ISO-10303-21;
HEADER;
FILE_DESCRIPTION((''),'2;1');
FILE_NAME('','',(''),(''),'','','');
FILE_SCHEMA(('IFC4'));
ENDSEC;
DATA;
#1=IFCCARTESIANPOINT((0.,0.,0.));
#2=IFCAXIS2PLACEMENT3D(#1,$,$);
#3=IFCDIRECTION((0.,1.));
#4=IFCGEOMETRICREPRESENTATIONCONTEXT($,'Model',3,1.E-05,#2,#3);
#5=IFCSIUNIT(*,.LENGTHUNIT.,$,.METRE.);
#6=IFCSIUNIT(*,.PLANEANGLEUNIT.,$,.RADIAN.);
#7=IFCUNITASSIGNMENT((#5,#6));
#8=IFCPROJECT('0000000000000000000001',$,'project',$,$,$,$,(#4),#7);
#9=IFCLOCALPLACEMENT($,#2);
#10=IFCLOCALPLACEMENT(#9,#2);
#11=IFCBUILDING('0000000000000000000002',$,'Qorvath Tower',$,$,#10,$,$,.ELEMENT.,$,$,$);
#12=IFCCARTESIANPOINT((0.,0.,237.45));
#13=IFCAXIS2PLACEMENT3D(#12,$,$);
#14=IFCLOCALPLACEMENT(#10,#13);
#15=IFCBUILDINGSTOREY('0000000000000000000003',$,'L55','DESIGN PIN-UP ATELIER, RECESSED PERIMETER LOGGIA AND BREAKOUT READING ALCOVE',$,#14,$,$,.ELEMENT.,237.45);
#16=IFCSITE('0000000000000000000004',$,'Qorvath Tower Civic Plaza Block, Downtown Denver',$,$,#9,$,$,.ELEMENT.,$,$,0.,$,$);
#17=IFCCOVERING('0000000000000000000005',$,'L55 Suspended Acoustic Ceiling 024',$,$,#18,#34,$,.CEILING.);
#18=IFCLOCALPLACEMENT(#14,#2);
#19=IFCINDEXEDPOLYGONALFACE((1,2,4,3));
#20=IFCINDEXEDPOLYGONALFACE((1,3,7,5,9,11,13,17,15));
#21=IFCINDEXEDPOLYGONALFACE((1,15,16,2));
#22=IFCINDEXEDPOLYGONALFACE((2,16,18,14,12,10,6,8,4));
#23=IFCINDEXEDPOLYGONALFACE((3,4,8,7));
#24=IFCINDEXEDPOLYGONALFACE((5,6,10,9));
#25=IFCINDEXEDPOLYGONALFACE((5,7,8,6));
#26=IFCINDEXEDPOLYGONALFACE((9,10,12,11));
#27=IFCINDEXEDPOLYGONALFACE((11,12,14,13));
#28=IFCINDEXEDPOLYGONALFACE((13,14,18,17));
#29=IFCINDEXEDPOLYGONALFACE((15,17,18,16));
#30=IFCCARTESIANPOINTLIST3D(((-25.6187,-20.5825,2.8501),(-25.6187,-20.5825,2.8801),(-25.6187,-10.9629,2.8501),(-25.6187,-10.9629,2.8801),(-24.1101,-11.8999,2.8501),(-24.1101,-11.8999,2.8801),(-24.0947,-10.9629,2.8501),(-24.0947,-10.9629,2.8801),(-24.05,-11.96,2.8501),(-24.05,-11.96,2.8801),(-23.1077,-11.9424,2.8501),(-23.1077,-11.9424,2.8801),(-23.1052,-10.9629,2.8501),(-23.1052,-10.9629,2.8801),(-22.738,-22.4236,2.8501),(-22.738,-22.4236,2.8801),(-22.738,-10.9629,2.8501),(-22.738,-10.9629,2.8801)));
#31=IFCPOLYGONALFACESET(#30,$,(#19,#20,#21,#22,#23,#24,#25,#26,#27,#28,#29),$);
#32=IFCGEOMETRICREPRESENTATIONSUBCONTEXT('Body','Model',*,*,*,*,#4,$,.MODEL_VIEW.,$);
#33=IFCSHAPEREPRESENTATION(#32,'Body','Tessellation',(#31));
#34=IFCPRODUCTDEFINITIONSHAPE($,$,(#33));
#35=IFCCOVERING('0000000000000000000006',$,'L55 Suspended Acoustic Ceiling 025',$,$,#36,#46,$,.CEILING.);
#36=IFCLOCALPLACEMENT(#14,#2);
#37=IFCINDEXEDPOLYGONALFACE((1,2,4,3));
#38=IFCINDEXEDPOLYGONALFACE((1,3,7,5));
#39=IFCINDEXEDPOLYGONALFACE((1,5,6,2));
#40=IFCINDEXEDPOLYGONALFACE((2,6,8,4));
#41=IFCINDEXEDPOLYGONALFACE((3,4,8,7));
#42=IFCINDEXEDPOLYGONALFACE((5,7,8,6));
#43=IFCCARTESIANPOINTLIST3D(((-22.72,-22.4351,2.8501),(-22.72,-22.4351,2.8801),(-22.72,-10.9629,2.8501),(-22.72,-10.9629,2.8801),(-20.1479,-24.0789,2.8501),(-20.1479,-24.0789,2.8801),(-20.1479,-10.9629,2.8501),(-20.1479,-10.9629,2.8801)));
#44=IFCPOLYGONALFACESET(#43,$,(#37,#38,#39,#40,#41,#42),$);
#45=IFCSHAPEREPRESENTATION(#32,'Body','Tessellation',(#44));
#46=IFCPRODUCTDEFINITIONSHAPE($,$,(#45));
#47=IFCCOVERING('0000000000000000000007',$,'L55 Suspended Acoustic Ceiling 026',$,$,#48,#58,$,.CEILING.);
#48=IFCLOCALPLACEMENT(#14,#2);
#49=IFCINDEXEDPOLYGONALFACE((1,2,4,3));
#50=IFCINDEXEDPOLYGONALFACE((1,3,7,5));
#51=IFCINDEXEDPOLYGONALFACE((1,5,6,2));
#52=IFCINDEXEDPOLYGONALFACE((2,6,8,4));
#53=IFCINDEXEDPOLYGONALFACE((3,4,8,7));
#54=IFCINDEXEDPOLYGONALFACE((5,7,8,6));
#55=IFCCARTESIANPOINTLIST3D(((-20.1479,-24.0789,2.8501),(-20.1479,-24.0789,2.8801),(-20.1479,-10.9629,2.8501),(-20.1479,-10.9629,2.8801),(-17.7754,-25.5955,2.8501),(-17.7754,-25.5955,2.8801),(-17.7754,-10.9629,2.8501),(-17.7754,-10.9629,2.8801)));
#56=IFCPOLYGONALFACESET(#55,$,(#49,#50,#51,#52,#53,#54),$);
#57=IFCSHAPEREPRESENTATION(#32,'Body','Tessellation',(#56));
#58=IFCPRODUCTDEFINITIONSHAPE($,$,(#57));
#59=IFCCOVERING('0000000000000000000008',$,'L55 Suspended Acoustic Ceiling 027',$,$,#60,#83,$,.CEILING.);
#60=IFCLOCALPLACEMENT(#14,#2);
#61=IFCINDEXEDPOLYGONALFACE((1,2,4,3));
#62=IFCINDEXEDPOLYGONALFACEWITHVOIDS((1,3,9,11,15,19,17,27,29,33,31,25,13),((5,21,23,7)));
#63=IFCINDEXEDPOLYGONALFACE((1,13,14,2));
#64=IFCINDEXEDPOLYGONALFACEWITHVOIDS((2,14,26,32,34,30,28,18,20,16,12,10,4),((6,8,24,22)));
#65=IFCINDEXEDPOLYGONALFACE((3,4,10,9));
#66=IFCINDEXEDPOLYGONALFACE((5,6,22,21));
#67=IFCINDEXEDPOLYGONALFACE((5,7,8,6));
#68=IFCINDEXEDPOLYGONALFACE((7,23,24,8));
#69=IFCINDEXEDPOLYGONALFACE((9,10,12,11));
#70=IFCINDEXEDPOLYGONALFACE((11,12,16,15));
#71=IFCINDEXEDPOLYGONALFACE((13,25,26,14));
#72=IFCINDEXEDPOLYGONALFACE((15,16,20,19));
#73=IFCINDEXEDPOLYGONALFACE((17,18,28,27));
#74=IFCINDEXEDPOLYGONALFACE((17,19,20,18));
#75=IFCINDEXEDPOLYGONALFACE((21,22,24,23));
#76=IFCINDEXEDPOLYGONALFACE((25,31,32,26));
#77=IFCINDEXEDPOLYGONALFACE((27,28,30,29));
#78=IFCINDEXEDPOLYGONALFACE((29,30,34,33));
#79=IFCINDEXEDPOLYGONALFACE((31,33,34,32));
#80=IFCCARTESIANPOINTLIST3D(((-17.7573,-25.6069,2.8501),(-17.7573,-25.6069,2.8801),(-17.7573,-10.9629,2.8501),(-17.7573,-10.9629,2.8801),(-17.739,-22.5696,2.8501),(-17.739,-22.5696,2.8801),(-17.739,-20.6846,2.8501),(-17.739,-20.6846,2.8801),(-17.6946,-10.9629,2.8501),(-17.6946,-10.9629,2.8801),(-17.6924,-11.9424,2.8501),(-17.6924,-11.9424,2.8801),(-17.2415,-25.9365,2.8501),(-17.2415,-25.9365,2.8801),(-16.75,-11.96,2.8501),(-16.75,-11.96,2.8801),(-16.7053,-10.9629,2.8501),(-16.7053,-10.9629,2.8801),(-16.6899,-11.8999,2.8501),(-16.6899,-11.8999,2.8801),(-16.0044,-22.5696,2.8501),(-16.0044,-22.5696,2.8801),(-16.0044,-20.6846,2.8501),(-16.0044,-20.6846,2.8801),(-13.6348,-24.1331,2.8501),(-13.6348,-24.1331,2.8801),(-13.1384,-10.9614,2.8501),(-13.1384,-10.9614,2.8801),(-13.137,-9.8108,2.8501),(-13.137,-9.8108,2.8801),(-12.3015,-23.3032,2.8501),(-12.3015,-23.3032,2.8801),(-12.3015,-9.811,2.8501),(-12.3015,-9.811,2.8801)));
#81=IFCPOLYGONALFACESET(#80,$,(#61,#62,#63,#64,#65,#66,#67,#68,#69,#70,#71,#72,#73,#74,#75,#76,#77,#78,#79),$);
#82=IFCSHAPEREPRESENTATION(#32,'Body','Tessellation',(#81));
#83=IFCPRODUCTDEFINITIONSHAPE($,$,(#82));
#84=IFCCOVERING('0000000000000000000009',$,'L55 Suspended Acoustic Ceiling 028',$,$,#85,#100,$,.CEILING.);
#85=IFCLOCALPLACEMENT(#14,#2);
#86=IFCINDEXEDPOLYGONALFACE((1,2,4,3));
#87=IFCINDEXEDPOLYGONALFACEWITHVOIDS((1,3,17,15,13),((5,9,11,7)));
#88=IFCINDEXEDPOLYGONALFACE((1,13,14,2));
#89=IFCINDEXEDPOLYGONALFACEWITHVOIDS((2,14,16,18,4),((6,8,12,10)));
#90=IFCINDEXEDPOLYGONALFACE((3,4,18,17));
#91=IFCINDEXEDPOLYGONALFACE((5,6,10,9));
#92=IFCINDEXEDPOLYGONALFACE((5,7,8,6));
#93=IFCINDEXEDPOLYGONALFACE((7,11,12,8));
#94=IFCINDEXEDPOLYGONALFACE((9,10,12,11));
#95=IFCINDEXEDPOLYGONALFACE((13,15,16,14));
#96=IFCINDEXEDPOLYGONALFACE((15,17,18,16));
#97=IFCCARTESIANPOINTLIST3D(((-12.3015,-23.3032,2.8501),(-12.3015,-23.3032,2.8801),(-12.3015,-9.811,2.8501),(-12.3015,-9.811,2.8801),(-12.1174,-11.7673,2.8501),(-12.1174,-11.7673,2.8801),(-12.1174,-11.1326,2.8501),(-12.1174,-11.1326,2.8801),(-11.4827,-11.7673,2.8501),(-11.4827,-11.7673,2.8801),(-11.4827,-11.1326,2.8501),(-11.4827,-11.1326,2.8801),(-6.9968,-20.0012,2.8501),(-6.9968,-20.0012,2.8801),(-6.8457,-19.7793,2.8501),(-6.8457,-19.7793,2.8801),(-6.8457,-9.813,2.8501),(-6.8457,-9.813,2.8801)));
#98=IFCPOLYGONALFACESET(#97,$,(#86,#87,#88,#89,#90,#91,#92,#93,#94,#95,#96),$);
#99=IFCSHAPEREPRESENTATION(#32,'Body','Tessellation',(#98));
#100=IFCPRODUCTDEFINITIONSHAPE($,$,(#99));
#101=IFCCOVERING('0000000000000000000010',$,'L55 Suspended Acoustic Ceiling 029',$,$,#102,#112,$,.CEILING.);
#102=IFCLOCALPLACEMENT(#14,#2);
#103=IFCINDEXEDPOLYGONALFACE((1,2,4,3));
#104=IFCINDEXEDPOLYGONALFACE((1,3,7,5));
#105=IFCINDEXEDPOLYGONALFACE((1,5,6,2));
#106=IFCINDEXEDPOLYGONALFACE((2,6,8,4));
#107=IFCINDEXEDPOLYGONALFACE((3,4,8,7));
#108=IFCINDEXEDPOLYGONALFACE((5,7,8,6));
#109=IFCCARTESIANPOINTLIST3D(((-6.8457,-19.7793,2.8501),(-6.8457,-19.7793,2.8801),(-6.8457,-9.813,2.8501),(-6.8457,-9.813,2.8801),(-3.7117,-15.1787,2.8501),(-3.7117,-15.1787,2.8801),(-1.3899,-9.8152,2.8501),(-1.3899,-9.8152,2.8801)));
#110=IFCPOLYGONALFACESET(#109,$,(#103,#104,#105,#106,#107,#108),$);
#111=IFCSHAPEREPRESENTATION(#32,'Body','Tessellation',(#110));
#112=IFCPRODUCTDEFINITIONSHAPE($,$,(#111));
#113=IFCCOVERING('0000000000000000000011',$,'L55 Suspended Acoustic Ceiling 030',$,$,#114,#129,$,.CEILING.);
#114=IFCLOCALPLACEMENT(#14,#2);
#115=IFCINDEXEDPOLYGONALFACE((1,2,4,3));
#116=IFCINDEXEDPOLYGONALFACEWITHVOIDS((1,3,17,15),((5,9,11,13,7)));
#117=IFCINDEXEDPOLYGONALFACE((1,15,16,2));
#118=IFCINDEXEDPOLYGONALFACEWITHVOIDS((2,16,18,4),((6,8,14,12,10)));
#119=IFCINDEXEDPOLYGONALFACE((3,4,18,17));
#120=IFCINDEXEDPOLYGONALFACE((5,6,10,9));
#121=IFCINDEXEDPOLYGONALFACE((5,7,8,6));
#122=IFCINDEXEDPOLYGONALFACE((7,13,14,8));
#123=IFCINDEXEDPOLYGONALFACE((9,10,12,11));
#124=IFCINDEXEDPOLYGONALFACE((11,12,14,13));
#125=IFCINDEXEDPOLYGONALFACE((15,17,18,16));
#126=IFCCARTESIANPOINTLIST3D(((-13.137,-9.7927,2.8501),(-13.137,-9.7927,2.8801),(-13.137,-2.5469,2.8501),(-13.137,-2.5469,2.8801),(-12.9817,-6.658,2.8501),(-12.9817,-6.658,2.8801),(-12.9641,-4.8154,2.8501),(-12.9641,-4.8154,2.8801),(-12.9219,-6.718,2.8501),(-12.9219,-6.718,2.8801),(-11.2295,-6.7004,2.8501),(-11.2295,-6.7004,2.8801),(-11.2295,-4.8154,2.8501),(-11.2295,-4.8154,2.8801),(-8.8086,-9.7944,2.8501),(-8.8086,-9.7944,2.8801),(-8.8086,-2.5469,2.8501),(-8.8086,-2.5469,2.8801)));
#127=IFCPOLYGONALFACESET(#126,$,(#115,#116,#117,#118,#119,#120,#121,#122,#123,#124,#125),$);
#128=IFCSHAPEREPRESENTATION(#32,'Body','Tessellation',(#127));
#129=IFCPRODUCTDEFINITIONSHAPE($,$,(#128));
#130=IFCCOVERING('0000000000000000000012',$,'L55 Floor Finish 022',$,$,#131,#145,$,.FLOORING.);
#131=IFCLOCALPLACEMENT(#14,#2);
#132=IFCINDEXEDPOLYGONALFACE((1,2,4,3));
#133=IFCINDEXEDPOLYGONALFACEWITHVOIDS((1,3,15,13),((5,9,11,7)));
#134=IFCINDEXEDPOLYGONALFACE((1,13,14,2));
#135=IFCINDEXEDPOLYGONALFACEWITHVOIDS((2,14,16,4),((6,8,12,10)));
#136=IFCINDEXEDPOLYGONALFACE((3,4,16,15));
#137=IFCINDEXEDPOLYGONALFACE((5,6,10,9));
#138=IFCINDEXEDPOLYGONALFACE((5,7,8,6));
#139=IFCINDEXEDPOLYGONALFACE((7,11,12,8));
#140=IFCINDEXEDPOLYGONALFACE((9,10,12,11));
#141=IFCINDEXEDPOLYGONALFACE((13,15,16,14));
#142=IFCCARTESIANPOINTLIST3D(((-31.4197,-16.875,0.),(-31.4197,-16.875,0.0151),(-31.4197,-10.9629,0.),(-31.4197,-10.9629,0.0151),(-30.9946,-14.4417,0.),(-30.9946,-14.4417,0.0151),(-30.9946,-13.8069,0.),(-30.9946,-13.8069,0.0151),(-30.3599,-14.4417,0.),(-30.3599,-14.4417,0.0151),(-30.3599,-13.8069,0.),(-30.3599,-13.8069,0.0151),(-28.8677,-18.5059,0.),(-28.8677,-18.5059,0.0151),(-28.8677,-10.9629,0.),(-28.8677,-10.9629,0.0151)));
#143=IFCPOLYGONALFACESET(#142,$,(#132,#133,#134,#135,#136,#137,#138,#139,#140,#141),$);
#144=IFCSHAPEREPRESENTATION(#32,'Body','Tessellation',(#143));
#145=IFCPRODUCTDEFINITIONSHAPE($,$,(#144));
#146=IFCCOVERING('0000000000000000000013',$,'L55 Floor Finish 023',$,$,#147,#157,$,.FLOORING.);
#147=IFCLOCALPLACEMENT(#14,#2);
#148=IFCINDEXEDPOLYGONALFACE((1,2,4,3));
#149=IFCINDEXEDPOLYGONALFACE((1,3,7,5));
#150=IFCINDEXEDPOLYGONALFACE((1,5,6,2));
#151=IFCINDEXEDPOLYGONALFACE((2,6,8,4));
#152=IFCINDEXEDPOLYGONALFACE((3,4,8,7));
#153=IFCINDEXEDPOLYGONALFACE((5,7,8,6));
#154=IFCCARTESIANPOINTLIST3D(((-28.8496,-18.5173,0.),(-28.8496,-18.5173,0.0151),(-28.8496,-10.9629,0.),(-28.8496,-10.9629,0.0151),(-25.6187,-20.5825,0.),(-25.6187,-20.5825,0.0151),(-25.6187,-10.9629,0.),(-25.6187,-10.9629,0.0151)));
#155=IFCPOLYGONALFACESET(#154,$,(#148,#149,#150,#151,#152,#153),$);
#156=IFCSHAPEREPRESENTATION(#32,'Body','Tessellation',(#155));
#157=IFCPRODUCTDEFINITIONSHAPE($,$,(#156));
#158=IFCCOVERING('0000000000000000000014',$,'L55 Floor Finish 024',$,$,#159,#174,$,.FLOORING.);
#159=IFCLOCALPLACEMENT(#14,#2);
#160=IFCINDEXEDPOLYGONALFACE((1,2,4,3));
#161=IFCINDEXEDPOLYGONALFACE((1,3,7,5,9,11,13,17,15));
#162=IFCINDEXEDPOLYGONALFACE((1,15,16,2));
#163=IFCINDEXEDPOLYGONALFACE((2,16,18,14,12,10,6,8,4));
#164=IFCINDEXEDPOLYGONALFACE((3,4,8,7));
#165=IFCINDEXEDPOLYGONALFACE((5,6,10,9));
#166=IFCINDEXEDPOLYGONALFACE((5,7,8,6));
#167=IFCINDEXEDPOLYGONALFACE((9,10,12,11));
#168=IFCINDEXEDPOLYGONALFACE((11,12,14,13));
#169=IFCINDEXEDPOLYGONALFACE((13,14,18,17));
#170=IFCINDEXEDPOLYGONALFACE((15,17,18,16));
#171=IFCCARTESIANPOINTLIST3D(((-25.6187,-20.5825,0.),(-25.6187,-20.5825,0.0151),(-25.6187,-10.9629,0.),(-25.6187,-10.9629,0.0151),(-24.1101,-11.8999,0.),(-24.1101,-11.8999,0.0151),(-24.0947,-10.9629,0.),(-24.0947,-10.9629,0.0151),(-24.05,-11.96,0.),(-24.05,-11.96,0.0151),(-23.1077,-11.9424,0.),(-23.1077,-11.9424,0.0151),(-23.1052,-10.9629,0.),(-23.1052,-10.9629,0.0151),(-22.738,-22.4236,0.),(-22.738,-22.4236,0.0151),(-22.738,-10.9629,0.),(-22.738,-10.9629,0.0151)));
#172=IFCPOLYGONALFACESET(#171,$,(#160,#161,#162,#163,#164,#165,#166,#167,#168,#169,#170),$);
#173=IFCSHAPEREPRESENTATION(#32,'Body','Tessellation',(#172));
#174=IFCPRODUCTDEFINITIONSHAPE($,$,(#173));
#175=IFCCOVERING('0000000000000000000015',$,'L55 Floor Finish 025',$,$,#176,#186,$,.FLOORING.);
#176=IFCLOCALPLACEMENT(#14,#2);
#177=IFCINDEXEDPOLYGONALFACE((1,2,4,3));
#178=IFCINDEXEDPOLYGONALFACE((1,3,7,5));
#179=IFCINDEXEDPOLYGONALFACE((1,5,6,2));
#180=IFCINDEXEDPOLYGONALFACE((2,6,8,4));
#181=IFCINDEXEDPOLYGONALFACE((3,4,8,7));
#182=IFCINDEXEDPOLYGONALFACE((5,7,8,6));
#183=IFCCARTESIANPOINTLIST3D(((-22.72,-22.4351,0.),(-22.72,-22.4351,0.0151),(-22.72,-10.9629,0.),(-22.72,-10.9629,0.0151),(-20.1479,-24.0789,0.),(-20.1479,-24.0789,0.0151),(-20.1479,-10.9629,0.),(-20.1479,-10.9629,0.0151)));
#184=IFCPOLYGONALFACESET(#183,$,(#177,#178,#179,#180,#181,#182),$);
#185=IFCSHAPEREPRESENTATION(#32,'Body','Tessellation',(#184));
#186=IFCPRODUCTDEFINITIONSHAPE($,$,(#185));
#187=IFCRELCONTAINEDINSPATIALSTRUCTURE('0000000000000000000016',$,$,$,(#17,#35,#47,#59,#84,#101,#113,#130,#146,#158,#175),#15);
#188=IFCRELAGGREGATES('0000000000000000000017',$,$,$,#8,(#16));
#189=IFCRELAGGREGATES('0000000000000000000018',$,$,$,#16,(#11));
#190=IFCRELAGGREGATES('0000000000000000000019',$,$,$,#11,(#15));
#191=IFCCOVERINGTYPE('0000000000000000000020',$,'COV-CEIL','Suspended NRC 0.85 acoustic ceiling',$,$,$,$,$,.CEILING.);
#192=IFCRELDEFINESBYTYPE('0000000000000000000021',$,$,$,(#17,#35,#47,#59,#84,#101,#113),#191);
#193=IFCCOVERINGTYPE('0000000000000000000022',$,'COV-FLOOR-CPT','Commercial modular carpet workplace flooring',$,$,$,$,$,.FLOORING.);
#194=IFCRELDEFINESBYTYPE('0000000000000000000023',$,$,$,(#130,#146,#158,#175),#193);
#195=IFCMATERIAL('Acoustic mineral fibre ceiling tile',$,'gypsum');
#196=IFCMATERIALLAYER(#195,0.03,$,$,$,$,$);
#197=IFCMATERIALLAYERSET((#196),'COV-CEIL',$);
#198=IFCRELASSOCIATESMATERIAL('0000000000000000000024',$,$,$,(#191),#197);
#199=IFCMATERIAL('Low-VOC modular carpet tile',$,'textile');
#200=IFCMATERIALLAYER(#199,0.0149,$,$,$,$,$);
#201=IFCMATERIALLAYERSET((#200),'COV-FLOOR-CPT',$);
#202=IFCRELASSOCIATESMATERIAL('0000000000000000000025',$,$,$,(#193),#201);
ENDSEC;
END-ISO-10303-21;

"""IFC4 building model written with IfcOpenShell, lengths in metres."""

from ifc_helpers import new_model, si_unit, direction, frame, origin, place, context, subcontext, project, spatial, polyline, outline, extrude, material, layer, layer_set, type_object, element, save


model = new_model("IFC4")

# Units and contexts
model_context = context("Model", 3, precision=1e-05, world=origin(), true_north=direction((0.0, 1.0)))
body_context = subcontext(model_context, "Body", "Model", "MODEL_VIEW")
ifc_project = project(units=[si_unit("LENGTHUNIT", "METRE"), si_unit("PLANEANGLEUNIT", "RADIAN")], contexts=[model_context])

# Site, building, storey
site_placement = place(None, origin())
site = spatial("IfcSite", under=ifc_project, at=site_placement, Name="Qorvath Tower Civic Plaza Block, Downtown Denver", CompositionType="ELEMENT", RefElevation=0.0)
building_placement = place(site_placement, origin())
building = spatial("IfcBuilding", under=site, at=building_placement, Name="Qorvath Tower", CompositionType="ELEMENT")
storey_placement = place(building_placement, frame((0.0, 0.0, 237.45)))
storey = spatial("IfcBuildingStorey", under=building, at=storey_placement, Name="L55", Description="DESIGN PIN-UP ATELIER, RECESSED PERIMETER LOGGIA AND BREAKOUT READING ALCOVE", CompositionType="ELEMENT", Elevation=237.45)

# Coverings
ifc_material_1 = material(Name="Acoustic mineral fibre ceiling tile", Category="gypsum")
ifc_layer_1 = layer(ifc_material_1, 0.03)
ifc_layer_set_1 = layer_set([ifc_layer_1], Name="COV-CEIL")
covering_type_1 = type_object("IfcCoveringType", Name="COV-CEIL", Description="Suspended NRC 0.85 acoustic ceiling", PredefinedType="CEILING", material=ifc_layer_set_1)
covering_1_placement = place(storey_placement, frame((0.0, 0.0, 2.8501)))
element("IfcCovering", 1, at=covering_1_placement, inside=storey, type_object=covering_type_1, Name="L55 Suspended Acoustic Ceiling 024", PredefinedType="CEILING", context=body_context, shape_type="SweptSolid", body=[
    extrude(outline(polyline([(-25.6187, -10.9629), (-25.6187, -20.5825), (-22.738, -22.4236), (-22.738, -10.9629), (-23.1052, -10.9629), (-23.1077, -11.9424), (-24.05, -11.96), (-24.1101, -11.8999), (-24.0947, -10.9629), (-25.6187, -10.9629)])), origin(), (0.0, 0.0, 1.0), 0.03),
])
covering_2_placement = place(storey_placement, frame((0.0, 0.0, 2.8501)))
element("IfcCovering", 2, at=covering_2_placement, inside=storey, type_object=covering_type_1, Name="L55 Suspended Acoustic Ceiling 025", PredefinedType="CEILING", context=body_context, shape_type="SweptSolid", body=[
    extrude(outline(polyline([(-22.72, -10.9629), (-22.72, -22.4351), (-20.1479, -24.0789), (-20.1479, -10.9629), (-22.72, -10.9629)])), origin(), (0.0, 0.0, 1.0), 0.03),
])
covering_3_placement = place(storey_placement, frame((0.0, 0.0, 2.8501)))
element("IfcCovering", 3, at=covering_3_placement, inside=storey, type_object=covering_type_1, Name="L55 Suspended Acoustic Ceiling 026", PredefinedType="CEILING", context=body_context, shape_type="SweptSolid", body=[
    extrude(outline(polyline([(-20.1479, -10.9629), (-20.1479, -24.0789), (-17.7754, -25.5955), (-17.7754, -10.9629), (-20.1479, -10.9629)])), origin(), (0.0, 0.0, 1.0), 0.03),
])
covering_4_placement = place(storey_placement, frame((0.0, 0.0, 2.8501)))
element("IfcCovering", 4, at=covering_4_placement, inside=storey, type_object=covering_type_1, Name="L55 Suspended Acoustic Ceiling 027", PredefinedType="CEILING", context=body_context, shape_type="SweptSolid", body=[
    extrude(outline(polyline([(-17.2415, -25.9365), (-13.6348, -24.1331), (-12.3015, -23.3032), (-12.3015, -9.811), (-13.137, -9.8108), (-13.1384, -10.9614), (-16.7053, -10.9629), (-16.6899, -11.8999), (-16.75, -11.96), (-17.6924, -11.9424), (-17.6946, -10.9629), (-17.7573, -10.9629), (-17.7573, -25.6069), (-17.2415, -25.9365)]), holes=[polyline([(-17.739, -22.5696), (-17.739, -20.6846), (-16.0044, -20.6846), (-16.0044, -22.5696), (-17.739, -22.5696)])]), origin(), (0.0, 0.0, 1.0), 0.03),
])
covering_5_placement = place(storey_placement, frame((0.0, 0.0, 2.8501)))
element("IfcCovering", 5, at=covering_5_placement, inside=storey, type_object=covering_type_1, Name="L55 Suspended Acoustic Ceiling 028", PredefinedType="CEILING", context=body_context, shape_type="SweptSolid", body=[
    extrude(outline(polyline([(-12.3015, -9.811), (-12.3015, -23.3032), (-6.9968, -20.0012), (-6.8457, -19.7793), (-6.8457, -9.813), (-12.3015, -9.811)]), holes=[polyline([(-12.1174, -11.7673), (-12.1174, -11.1326), (-11.4827, -11.1326), (-11.4827, -11.7673), (-12.1174, -11.7673)])]), origin(), (0.0, 0.0, 1.0), 0.03),
])
covering_6_placement = place(storey_placement, frame((0.0, 0.0, 2.8501)))
element("IfcCovering", 6, at=covering_6_placement, inside=storey, type_object=covering_type_1, Name="L55 Suspended Acoustic Ceiling 029", PredefinedType="CEILING", context=body_context, shape_type="SweptSolid", body=[
    extrude(outline(polyline([(-6.8457, -9.813), (-6.8457, -19.7793), (-3.7117, -15.1787), (-1.3899, -9.8152), (-6.8457, -9.813)])), origin(), (0.0, 0.0, 1.0), 0.03),
])
covering_7_placement = place(storey_placement, frame((0.0, 0.0, 2.8501)))
element("IfcCovering", 7, at=covering_7_placement, inside=storey, type_object=covering_type_1, Name="L55 Suspended Acoustic Ceiling 030", PredefinedType="CEILING", context=body_context, shape_type="SweptSolid", body=[
    extrude(outline(polyline([(-8.8086, -9.7944), (-8.8086, -2.5469), (-13.137, -2.5469), (-13.137, -9.7927), (-8.8086, -9.7944)]), holes=[polyline([(-12.9817, -6.658), (-12.9641, -4.8154), (-11.2295, -4.8154), (-11.2295, -6.7004), (-12.9219, -6.718), (-12.9817, -6.658)])]), origin(), (0.0, 0.0, 1.0), 0.03),
])
ifc_material_2 = material(Name="Low-VOC modular carpet tile", Category="textile")
ifc_layer_2 = layer(ifc_material_2, 0.0149)
ifc_layer_set_2 = layer_set([ifc_layer_2], Name="COV-FLOOR-CPT")
covering_type_2 = type_object("IfcCoveringType", Name="COV-FLOOR-CPT", Description="Commercial modular carpet workplace flooring", PredefinedType="FLOORING", material=ifc_layer_set_2)
covering_8_placement = place(storey_placement, origin())
element("IfcCovering", 8, at=covering_8_placement, inside=storey, type_object=covering_type_2, Name="L55 Floor Finish 022", PredefinedType="FLOORING", context=body_context, shape_type="SweptSolid", body=[
    extrude(outline(polyline([(-31.4197, -10.9629), (-31.4197, -16.875), (-28.8677, -18.5059), (-28.8677, -10.9629), (-31.4197, -10.9629)]), holes=[polyline([(-30.9946, -14.4417), (-30.9946, -13.8069), (-30.3599, -13.8069), (-30.3599, -14.4417), (-30.9946, -14.4417)])]), origin(), (0.0, 0.0, 1.0), 0.0151),
])
covering_9_placement = place(storey_placement, origin())
element("IfcCovering", 9, at=covering_9_placement, inside=storey, type_object=covering_type_2, Name="L55 Floor Finish 023", PredefinedType="FLOORING", context=body_context, shape_type="SweptSolid", body=[
    extrude(outline(polyline([(-28.8496, -10.9629), (-28.8496, -18.5173), (-25.6187, -20.5825), (-25.6187, -10.9629), (-28.8496, -10.9629)])), origin(), (0.0, 0.0, 1.0), 0.0151),
])
covering_10_placement = place(storey_placement, origin())
element("IfcCovering", 10, at=covering_10_placement, inside=storey, type_object=covering_type_2, Name="L55 Floor Finish 024", PredefinedType="FLOORING", context=body_context, shape_type="SweptSolid", body=[
    extrude(outline(polyline([(-25.6187, -10.9629), (-25.6187, -20.5825), (-22.738, -22.4236), (-22.738, -10.9629), (-23.1052, -10.9629), (-23.1077, -11.9424), (-24.05, -11.96), (-24.1101, -11.8999), (-24.0947, -10.9629), (-25.6187, -10.9629)])), origin(), (0.0, 0.0, 1.0), 0.0151),
])
covering_11_placement = place(storey_placement, origin())
element("IfcCovering", 11, at=covering_11_placement, inside=storey, type_object=covering_type_2, Name="L55 Floor Finish 025", PredefinedType="FLOORING", context=body_context, shape_type="SweptSolid", body=[
    extrude(outline(polyline([(-22.72, -10.9629), (-22.72, -22.4351), (-20.1479, -24.0789), (-20.1479, -10.9629), (-22.72, -10.9629)])), origin(), (0.0, 0.0, 1.0), 0.0151),
])

save(model, "model.ifc")
